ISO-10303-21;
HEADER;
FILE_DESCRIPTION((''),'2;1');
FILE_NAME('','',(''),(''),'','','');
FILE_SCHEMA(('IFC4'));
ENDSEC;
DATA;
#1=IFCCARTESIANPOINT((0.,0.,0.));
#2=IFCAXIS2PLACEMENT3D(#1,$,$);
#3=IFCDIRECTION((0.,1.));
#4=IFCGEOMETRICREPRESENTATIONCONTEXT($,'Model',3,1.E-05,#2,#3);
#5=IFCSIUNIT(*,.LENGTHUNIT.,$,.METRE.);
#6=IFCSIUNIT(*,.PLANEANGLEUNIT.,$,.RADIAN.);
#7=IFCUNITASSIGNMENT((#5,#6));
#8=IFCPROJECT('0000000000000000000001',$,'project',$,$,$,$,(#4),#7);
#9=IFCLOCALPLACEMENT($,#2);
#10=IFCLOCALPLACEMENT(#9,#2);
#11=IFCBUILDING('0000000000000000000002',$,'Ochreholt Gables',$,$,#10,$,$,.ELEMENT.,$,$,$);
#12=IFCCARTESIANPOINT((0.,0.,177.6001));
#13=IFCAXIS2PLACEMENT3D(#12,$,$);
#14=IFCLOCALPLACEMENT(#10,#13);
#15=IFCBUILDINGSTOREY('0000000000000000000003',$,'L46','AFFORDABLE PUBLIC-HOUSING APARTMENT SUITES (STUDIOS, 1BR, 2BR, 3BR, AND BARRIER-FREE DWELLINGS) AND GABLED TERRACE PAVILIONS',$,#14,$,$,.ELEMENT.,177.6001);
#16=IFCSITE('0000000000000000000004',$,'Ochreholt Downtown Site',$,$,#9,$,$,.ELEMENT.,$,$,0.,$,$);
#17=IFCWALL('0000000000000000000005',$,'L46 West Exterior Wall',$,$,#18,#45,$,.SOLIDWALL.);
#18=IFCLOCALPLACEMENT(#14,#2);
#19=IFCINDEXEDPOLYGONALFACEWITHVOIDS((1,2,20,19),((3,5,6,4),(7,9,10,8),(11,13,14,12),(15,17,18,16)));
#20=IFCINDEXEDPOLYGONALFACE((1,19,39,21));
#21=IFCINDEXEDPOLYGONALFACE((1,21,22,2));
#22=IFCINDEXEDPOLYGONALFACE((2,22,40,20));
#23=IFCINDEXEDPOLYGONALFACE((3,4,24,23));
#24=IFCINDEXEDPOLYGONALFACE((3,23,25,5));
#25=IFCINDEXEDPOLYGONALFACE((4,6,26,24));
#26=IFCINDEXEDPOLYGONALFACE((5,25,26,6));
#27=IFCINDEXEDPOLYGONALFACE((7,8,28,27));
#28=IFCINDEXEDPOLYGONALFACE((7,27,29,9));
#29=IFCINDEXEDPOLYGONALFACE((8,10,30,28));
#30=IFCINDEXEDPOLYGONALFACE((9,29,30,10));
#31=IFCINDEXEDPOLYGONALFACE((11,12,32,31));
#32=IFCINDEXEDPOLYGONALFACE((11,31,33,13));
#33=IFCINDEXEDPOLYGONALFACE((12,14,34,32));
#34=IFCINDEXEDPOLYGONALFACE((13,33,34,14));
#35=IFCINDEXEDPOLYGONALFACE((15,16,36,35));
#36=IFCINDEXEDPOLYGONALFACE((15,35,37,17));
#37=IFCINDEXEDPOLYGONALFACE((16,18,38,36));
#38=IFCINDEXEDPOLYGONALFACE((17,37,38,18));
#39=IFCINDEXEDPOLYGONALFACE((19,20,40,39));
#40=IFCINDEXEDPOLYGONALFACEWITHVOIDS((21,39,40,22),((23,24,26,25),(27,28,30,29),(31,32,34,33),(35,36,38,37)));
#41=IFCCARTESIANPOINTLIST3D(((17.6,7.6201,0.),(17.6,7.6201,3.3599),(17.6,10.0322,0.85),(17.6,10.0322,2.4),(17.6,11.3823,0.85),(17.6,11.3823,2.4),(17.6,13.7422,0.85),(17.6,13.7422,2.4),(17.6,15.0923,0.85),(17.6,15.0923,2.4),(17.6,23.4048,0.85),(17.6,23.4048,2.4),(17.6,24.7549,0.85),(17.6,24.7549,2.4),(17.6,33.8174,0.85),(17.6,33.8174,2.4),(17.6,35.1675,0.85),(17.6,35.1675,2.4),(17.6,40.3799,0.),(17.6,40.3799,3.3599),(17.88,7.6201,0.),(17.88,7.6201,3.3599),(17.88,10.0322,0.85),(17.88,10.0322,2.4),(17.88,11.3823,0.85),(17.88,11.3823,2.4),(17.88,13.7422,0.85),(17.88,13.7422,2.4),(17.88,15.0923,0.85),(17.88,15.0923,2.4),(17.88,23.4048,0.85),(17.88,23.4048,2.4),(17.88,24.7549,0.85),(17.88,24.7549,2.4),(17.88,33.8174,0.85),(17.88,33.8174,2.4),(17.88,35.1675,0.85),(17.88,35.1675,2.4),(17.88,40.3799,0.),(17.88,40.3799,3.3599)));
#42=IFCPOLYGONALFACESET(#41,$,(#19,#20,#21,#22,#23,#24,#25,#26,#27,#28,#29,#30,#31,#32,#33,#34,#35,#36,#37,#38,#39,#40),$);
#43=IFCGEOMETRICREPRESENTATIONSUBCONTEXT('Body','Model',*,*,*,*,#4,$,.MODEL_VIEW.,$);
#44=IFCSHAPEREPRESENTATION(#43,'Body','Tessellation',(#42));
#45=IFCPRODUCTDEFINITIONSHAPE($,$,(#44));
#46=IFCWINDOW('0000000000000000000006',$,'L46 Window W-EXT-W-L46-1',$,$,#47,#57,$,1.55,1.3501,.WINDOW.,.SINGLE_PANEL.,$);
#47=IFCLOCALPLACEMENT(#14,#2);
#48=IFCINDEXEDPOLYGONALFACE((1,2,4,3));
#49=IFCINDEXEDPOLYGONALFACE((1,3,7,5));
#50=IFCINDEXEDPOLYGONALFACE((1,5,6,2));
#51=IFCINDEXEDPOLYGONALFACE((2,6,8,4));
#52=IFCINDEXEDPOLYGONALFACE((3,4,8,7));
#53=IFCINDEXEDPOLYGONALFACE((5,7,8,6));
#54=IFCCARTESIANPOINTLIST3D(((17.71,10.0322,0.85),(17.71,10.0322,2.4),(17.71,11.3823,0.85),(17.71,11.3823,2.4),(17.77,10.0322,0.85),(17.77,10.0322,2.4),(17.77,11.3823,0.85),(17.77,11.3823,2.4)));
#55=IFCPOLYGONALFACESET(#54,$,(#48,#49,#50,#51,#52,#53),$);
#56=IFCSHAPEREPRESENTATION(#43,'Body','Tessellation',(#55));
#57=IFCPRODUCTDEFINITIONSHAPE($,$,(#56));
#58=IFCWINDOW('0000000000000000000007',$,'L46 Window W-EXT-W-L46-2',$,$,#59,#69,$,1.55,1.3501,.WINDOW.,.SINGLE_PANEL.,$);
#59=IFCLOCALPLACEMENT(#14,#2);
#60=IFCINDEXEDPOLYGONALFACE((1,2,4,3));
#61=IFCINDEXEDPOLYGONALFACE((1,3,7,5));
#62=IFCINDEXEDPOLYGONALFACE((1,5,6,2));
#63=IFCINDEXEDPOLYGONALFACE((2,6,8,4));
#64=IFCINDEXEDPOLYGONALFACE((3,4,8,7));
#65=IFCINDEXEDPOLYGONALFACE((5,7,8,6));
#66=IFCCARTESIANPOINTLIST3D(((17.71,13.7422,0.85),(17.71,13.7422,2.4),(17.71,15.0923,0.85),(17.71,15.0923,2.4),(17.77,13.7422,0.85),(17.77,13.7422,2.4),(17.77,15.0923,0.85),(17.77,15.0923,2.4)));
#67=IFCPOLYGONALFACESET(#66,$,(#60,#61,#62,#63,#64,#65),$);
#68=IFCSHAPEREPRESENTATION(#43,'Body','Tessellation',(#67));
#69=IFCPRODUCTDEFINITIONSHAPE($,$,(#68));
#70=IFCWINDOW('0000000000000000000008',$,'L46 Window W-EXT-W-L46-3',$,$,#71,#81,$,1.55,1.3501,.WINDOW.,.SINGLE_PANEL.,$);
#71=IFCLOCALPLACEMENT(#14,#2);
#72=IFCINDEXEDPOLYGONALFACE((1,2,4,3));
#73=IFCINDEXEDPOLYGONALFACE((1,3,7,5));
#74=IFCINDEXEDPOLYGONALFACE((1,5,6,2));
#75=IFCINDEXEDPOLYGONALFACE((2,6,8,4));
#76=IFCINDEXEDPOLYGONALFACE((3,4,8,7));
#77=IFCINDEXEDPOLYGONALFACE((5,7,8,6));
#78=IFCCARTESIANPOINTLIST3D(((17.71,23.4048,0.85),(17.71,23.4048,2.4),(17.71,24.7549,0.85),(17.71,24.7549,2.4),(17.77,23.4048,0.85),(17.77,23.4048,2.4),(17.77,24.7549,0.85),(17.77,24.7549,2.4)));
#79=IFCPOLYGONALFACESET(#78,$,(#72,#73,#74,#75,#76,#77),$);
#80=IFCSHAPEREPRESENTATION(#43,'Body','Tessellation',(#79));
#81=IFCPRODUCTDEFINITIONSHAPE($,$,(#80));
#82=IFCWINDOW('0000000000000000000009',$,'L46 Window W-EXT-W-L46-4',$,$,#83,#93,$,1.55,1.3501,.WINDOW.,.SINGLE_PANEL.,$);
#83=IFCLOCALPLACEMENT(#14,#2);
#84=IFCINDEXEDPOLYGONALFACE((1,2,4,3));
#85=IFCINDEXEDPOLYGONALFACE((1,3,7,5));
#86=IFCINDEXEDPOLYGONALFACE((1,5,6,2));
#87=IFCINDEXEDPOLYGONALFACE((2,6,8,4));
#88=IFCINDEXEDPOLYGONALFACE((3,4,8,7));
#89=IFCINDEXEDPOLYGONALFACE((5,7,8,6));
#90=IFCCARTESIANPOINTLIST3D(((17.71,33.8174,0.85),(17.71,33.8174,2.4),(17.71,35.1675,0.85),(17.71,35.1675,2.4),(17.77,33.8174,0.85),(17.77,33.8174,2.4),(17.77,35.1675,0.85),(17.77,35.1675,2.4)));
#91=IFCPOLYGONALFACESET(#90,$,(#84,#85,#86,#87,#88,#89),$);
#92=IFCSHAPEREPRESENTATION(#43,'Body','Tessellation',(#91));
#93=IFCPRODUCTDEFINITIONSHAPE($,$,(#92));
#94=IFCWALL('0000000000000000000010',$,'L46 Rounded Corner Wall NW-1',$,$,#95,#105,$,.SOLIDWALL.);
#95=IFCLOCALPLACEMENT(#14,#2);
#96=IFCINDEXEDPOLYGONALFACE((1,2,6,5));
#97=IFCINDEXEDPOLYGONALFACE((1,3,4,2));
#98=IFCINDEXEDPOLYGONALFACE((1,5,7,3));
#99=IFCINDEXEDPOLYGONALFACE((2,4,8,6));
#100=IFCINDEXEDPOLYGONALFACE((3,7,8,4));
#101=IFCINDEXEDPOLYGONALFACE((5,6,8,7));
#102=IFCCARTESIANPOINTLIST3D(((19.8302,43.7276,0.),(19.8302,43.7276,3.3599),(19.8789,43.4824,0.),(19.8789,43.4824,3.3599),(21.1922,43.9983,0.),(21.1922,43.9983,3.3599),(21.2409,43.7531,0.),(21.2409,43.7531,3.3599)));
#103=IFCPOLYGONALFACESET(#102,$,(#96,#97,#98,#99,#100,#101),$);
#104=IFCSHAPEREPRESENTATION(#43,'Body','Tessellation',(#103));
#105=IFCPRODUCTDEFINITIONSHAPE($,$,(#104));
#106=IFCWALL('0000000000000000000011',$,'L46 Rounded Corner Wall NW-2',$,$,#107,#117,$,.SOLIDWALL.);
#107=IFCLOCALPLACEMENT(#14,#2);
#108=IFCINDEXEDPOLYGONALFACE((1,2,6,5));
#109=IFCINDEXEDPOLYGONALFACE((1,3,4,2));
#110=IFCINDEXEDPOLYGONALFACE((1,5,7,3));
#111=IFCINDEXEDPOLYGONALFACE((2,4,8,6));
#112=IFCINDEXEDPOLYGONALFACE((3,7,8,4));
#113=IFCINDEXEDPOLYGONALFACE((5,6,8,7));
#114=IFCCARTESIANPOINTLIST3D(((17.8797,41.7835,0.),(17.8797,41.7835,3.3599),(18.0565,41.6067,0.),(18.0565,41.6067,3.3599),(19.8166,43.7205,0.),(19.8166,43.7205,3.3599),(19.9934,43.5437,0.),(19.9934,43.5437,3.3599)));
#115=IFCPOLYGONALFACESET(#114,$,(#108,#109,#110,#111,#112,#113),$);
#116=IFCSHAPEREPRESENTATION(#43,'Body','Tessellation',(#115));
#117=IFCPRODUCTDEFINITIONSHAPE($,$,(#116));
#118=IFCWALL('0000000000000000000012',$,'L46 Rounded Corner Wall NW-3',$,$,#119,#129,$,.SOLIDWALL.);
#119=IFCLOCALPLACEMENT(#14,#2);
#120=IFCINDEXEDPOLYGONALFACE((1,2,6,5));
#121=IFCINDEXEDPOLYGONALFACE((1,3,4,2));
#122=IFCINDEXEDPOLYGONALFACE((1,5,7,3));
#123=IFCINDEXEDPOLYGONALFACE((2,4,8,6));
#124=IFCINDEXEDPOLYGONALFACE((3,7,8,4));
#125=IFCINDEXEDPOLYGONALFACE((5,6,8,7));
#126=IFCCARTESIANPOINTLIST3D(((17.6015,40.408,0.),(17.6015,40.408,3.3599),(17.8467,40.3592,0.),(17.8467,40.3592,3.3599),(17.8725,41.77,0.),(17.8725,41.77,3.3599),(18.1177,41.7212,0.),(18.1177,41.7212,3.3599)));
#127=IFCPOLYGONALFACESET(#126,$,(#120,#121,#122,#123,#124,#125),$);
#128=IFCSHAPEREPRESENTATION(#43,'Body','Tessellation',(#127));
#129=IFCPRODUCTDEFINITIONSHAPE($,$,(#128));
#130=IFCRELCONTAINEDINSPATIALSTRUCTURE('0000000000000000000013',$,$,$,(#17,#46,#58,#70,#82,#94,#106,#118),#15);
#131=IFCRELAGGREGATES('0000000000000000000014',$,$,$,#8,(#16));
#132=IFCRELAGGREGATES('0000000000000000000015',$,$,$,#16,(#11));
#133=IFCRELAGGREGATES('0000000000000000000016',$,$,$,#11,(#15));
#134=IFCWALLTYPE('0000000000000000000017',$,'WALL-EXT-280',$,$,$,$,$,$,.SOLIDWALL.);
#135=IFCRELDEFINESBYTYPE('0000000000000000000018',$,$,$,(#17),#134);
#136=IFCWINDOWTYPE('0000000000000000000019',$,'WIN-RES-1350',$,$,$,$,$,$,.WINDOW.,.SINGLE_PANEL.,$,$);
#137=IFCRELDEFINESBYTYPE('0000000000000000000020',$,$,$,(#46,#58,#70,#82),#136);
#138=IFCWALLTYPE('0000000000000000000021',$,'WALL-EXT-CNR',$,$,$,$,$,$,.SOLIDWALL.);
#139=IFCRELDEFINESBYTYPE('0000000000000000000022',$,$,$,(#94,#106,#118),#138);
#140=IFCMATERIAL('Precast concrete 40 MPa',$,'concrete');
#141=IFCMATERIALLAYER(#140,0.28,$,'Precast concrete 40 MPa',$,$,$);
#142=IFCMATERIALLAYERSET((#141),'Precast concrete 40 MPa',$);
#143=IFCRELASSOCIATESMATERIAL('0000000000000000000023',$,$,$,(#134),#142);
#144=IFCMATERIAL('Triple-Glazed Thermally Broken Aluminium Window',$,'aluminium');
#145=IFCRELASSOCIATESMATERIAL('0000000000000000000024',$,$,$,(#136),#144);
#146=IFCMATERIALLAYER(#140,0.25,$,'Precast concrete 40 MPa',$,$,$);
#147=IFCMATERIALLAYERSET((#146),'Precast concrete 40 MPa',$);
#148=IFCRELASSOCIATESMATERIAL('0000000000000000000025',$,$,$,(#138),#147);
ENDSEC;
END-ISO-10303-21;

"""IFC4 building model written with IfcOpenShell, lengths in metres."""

from ifc_helpers import new_model, si_unit, direction, frame, frame_2d, origin, place, context, subcontext, project, spatial, rectangle, extrude, material, layer, layer_set, type_object, element, fill, save


model = new_model("IFC4")

# Units and contexts
model_context = context("Model", 3, precision=1e-05, world=origin(), true_north=direction((0.0, 1.0)))
body_context = subcontext(model_context, "Body", "Model", "MODEL_VIEW")
ifc_project = project(units=[si_unit("LENGTHUNIT", "METRE"), si_unit("PLANEANGLEUNIT", "RADIAN")], contexts=[model_context])

# Site, building, storey
site_placement = place(None, origin())
site = spatial("IfcSite", under=ifc_project, at=site_placement, Name="Ochreholt Downtown Site", CompositionType="ELEMENT", RefElevation=0.0)
building_placement = place(site_placement, origin())
building = spatial("IfcBuilding", under=site, at=building_placement, Name="Ochreholt Gables", CompositionType="ELEMENT")
storey_placement = place(building_placement, frame((0.0, 0.0, 177.6001)))
storey = spatial("IfcBuildingStorey", under=building, at=storey_placement, Name="L46", Description="AFFORDABLE PUBLIC-HOUSING APARTMENT SUITES (STUDIOS, 1BR, 2BR, 3BR, AND BARRIER-FREE DWELLINGS) AND GABLED TERRACE PAVILIONS", CompositionType="ELEMENT", Elevation=177.6001)

# Wall, openings, windows
ifc_material_1 = material(Name="Precast concrete 40 MPa", Category="concrete")
ifc_layer_1 = layer(ifc_material_1, 0.28, Name="Precast concrete 40 MPa")
ifc_layer_set_1 = layer_set([ifc_layer_1], Name="Precast concrete 40 MPa")
wall_type_1 = type_object("IfcWallType", Name="WALL-EXT-280", PredefinedType="SOLIDWALL", material=ifc_layer_set_1)
wall_1_placement = place(storey_placement, frame((17.74, 40.3799, 0.0), z_axis=(0.0, 0.0, 1.0), x_axis=(0.0, -1.0, 0.0)))
wall_1 = element("IfcWall", 1, at=wall_1_placement, inside=storey, type_object=wall_type_1, Name="L46 West Exterior Wall", PredefinedType="SOLIDWALL", context=body_context, shape_type="SweptSolid", body=[
    extrude(rectangle(XDim=32.7598, YDim=0.28, at=frame_2d((16.3799, 0.0))), origin(), (0.0, 0.0, 1.0), 3.3599),
])
opening_1_placement = place(wall_1_placement, frame((28.9976, 0.0, 0.8501)))
opening_1 = element("IfcOpeningElement", 2, at=opening_1_placement, cuts=wall_1, PredefinedType="OPENING", context=body_context, shape_type="SweptSolid", body=[
    extrude(rectangle(XDim=1.3501, YDim=1.55, at=frame_2d((0.675, 0.7749))), frame((0.0, 0.1499, 0.0), z_axis=(0.0, -1.0, 0.0), x_axis=(1.0, 0.0, 0.0)), (0.0, 0.0, 1.0), 0.3),
])
opening_2_placement = place(wall_1_placement, frame((25.2876, 0.0, 0.8501)))
opening_2 = element("IfcOpeningElement", 3, at=opening_2_placement, cuts=wall_1, PredefinedType="OPENING", context=body_context, shape_type="SweptSolid", body=[
    extrude(rectangle(XDim=1.3501, YDim=1.55, at=frame_2d((0.675, 0.7749))), frame((0.0, 0.1499, 0.0), z_axis=(0.0, -1.0, 0.0), x_axis=(1.0, 0.0, 0.0)), (0.0, 0.0, 1.0), 0.3),
])
opening_3_placement = place(wall_1_placement, frame((15.625, 0.0, 0.8501)))
opening_3 = element("IfcOpeningElement", 4, at=opening_3_placement, cuts=wall_1, PredefinedType="OPENING", context=body_context, shape_type="SweptSolid", body=[
    extrude(rectangle(XDim=1.3501, YDim=1.55, at=frame_2d((0.675, 0.7749))), frame((0.0, 0.1499, 0.0), z_axis=(0.0, -1.0, 0.0), x_axis=(1.0, 0.0, 0.0)), (0.0, 0.0, 1.0), 0.3),
])
opening_4_placement = place(wall_1_placement, frame((5.2124, 0.0, 0.8501)))
opening_4 = element("IfcOpeningElement", 5, at=opening_4_placement, cuts=wall_1, PredefinedType="OPENING", context=body_context, shape_type="SweptSolid", body=[
    extrude(rectangle(XDim=1.3501, YDim=1.55, at=frame_2d((0.675, 0.7749))), frame((0.0, 0.1499, 0.0), z_axis=(0.0, -1.0, 0.0), x_axis=(1.0, 0.0, 0.0)), (0.0, 0.0, 1.0), 0.3),
])
ifc_material_2 = material(Name="Triple-Glazed Thermally Broken Aluminium Window", Category="aluminium")
window_type = type_object("IfcWindowType", Name="WIN-RES-1350", PartitioningType="SINGLE_PANEL", PredefinedType="WINDOW", material=ifc_material_2)
window_1_placement = place(opening_1_placement, origin())
window_1 = element("IfcWindow", 6, at=window_1_placement, inside=storey, type_object=window_type, Name="L46 Window W-EXT-W-L46-1", OverallHeight=1.55, OverallWidth=1.3501, PartitioningType="SINGLE_PANEL", PredefinedType="WINDOW", context=body_context, shape_type="SweptSolid", body=[
    extrude(rectangle(XDim=1.3501, YDim=1.55, at=frame_2d((0.675, 0.7749))), frame((0.0, 0.03, 0.0), z_axis=(0.0, -1.0, 0.0), x_axis=(1.0, 0.0, 0.0)), (0.0, 0.0, 1.0), 0.0601),
])
fill(opening_1, window_1)
window_2_placement = place(opening_2_placement, origin())
window_2 = element("IfcWindow", 7, at=window_2_placement, inside=storey, type_object=window_type, Name="L46 Window W-EXT-W-L46-2", OverallHeight=1.55, OverallWidth=1.3501, PartitioningType="SINGLE_PANEL", PredefinedType="WINDOW", context=body_context, shape_type="SweptSolid", body=[
    extrude(rectangle(XDim=1.3501, YDim=1.55, at=frame_2d((0.675, 0.7749))), frame((0.0, 0.03, 0.0), z_axis=(0.0, -1.0, 0.0), x_axis=(1.0, 0.0, 0.0)), (0.0, 0.0, 1.0), 0.0601),
])
fill(opening_2, window_2)
window_3_placement = place(opening_3_placement, origin())
window_3 = element("IfcWindow", 8, at=window_3_placement, inside=storey, type_object=window_type, Name="L46 Window W-EXT-W-L46-3", OverallHeight=1.55, OverallWidth=1.3501, PartitioningType="SINGLE_PANEL", PredefinedType="WINDOW", context=body_context, shape_type="SweptSolid", body=[
    extrude(rectangle(XDim=1.3501, YDim=1.55, at=frame_2d((0.675, 0.7749))), frame((0.0, 0.03, 0.0), z_axis=(0.0, -1.0, 0.0), x_axis=(1.0, 0.0, 0.0)), (0.0, 0.0, 1.0), 0.0601),
])
fill(opening_3, window_3)
window_4_placement = place(opening_4_placement, origin())
window_4 = element("IfcWindow", 9, at=window_4_placement, inside=storey, type_object=window_type, Name="L46 Window W-EXT-W-L46-4", OverallHeight=1.55, OverallWidth=1.3501, PartitioningType="SINGLE_PANEL", PredefinedType="WINDOW", context=body_context, shape_type="SweptSolid", body=[
    extrude(rectangle(XDim=1.3501, YDim=1.55, at=frame_2d((0.675, 0.7749))), frame((0.0, 0.03, 0.0), z_axis=(0.0, -1.0, 0.0), x_axis=(1.0, 0.0, 0.0)), (0.0, 0.0, 1.0), 0.0601),
])
fill(opening_4, window_4)

# Walls
ifc_layer_2 = layer(ifc_material_1, 0.25, Name="Precast concrete 40 MPa")
ifc_layer_set_2 = layer_set([ifc_layer_2], Name="Precast concrete 40 MPa")
wall_type_2 = type_object("IfcWallType", Name="WALL-EXT-CNR", PredefinedType="SOLIDWALL", material=ifc_layer_set_2)
wall_2_placement = place(storey_placement, frame((21.2166, 43.8757, 0.0), z_axis=(0.0, 0.0, 1.0), x_axis=(-0.98081, -0.194967, 0.0)))
element("IfcWall", 10, at=wall_2_placement, inside=storey, type_object=wall_type_2, Name="L46 Rounded Corner Wall NW-1", PredefinedType="SOLIDWALL", context=body_context, shape_type="SweptSolid", body=[
    extrude(rectangle(XDim=1.3887, YDim=0.25, at=frame_2d((0.6943, 0.0))), origin(), (0.0, 0.0, 1.0), 3.3599),
])
wall_3_placement = place(storey_placement, frame((19.905, 43.6321, 0.0), z_axis=(0.0, 0.0, 1.0), x_axis=(-0.707107, -0.707107, 0.0)))
element("IfcWall", 11, at=wall_3_placement, inside=storey, type_object=wall_type_2, Name="L46 Rounded Corner Wall NW-2", PredefinedType="SOLIDWALL", context=body_context, shape_type="SweptSolid", body=[
    extrude(rectangle(XDim=2.7393, YDim=0.25, at=frame_2d((1.3696, 0.0))), origin(), (0.0, 0.0, 1.0), 3.3599),
])
wall_4_placement = place(storey_placement, frame((17.9951, 41.7456, 0.0), z_axis=(0.0, 0.0, 1.0), x_axis=(-0.195136, -0.980776, 0.0)))
element("IfcWall", 12, at=wall_4_placement, inside=storey, type_object=wall_type_2, Name="L46 Rounded Corner Wall NW-3", PredefinedType="SOLIDWALL", context=body_context, shape_type="SweptSolid", body=[
    extrude(rectangle(XDim=1.3887, YDim=0.25, at=frame_2d((0.6943, 0.0))), origin(), (0.0, 0.0, 1.0), 3.3599),
])

save(model, "model.ifc")
